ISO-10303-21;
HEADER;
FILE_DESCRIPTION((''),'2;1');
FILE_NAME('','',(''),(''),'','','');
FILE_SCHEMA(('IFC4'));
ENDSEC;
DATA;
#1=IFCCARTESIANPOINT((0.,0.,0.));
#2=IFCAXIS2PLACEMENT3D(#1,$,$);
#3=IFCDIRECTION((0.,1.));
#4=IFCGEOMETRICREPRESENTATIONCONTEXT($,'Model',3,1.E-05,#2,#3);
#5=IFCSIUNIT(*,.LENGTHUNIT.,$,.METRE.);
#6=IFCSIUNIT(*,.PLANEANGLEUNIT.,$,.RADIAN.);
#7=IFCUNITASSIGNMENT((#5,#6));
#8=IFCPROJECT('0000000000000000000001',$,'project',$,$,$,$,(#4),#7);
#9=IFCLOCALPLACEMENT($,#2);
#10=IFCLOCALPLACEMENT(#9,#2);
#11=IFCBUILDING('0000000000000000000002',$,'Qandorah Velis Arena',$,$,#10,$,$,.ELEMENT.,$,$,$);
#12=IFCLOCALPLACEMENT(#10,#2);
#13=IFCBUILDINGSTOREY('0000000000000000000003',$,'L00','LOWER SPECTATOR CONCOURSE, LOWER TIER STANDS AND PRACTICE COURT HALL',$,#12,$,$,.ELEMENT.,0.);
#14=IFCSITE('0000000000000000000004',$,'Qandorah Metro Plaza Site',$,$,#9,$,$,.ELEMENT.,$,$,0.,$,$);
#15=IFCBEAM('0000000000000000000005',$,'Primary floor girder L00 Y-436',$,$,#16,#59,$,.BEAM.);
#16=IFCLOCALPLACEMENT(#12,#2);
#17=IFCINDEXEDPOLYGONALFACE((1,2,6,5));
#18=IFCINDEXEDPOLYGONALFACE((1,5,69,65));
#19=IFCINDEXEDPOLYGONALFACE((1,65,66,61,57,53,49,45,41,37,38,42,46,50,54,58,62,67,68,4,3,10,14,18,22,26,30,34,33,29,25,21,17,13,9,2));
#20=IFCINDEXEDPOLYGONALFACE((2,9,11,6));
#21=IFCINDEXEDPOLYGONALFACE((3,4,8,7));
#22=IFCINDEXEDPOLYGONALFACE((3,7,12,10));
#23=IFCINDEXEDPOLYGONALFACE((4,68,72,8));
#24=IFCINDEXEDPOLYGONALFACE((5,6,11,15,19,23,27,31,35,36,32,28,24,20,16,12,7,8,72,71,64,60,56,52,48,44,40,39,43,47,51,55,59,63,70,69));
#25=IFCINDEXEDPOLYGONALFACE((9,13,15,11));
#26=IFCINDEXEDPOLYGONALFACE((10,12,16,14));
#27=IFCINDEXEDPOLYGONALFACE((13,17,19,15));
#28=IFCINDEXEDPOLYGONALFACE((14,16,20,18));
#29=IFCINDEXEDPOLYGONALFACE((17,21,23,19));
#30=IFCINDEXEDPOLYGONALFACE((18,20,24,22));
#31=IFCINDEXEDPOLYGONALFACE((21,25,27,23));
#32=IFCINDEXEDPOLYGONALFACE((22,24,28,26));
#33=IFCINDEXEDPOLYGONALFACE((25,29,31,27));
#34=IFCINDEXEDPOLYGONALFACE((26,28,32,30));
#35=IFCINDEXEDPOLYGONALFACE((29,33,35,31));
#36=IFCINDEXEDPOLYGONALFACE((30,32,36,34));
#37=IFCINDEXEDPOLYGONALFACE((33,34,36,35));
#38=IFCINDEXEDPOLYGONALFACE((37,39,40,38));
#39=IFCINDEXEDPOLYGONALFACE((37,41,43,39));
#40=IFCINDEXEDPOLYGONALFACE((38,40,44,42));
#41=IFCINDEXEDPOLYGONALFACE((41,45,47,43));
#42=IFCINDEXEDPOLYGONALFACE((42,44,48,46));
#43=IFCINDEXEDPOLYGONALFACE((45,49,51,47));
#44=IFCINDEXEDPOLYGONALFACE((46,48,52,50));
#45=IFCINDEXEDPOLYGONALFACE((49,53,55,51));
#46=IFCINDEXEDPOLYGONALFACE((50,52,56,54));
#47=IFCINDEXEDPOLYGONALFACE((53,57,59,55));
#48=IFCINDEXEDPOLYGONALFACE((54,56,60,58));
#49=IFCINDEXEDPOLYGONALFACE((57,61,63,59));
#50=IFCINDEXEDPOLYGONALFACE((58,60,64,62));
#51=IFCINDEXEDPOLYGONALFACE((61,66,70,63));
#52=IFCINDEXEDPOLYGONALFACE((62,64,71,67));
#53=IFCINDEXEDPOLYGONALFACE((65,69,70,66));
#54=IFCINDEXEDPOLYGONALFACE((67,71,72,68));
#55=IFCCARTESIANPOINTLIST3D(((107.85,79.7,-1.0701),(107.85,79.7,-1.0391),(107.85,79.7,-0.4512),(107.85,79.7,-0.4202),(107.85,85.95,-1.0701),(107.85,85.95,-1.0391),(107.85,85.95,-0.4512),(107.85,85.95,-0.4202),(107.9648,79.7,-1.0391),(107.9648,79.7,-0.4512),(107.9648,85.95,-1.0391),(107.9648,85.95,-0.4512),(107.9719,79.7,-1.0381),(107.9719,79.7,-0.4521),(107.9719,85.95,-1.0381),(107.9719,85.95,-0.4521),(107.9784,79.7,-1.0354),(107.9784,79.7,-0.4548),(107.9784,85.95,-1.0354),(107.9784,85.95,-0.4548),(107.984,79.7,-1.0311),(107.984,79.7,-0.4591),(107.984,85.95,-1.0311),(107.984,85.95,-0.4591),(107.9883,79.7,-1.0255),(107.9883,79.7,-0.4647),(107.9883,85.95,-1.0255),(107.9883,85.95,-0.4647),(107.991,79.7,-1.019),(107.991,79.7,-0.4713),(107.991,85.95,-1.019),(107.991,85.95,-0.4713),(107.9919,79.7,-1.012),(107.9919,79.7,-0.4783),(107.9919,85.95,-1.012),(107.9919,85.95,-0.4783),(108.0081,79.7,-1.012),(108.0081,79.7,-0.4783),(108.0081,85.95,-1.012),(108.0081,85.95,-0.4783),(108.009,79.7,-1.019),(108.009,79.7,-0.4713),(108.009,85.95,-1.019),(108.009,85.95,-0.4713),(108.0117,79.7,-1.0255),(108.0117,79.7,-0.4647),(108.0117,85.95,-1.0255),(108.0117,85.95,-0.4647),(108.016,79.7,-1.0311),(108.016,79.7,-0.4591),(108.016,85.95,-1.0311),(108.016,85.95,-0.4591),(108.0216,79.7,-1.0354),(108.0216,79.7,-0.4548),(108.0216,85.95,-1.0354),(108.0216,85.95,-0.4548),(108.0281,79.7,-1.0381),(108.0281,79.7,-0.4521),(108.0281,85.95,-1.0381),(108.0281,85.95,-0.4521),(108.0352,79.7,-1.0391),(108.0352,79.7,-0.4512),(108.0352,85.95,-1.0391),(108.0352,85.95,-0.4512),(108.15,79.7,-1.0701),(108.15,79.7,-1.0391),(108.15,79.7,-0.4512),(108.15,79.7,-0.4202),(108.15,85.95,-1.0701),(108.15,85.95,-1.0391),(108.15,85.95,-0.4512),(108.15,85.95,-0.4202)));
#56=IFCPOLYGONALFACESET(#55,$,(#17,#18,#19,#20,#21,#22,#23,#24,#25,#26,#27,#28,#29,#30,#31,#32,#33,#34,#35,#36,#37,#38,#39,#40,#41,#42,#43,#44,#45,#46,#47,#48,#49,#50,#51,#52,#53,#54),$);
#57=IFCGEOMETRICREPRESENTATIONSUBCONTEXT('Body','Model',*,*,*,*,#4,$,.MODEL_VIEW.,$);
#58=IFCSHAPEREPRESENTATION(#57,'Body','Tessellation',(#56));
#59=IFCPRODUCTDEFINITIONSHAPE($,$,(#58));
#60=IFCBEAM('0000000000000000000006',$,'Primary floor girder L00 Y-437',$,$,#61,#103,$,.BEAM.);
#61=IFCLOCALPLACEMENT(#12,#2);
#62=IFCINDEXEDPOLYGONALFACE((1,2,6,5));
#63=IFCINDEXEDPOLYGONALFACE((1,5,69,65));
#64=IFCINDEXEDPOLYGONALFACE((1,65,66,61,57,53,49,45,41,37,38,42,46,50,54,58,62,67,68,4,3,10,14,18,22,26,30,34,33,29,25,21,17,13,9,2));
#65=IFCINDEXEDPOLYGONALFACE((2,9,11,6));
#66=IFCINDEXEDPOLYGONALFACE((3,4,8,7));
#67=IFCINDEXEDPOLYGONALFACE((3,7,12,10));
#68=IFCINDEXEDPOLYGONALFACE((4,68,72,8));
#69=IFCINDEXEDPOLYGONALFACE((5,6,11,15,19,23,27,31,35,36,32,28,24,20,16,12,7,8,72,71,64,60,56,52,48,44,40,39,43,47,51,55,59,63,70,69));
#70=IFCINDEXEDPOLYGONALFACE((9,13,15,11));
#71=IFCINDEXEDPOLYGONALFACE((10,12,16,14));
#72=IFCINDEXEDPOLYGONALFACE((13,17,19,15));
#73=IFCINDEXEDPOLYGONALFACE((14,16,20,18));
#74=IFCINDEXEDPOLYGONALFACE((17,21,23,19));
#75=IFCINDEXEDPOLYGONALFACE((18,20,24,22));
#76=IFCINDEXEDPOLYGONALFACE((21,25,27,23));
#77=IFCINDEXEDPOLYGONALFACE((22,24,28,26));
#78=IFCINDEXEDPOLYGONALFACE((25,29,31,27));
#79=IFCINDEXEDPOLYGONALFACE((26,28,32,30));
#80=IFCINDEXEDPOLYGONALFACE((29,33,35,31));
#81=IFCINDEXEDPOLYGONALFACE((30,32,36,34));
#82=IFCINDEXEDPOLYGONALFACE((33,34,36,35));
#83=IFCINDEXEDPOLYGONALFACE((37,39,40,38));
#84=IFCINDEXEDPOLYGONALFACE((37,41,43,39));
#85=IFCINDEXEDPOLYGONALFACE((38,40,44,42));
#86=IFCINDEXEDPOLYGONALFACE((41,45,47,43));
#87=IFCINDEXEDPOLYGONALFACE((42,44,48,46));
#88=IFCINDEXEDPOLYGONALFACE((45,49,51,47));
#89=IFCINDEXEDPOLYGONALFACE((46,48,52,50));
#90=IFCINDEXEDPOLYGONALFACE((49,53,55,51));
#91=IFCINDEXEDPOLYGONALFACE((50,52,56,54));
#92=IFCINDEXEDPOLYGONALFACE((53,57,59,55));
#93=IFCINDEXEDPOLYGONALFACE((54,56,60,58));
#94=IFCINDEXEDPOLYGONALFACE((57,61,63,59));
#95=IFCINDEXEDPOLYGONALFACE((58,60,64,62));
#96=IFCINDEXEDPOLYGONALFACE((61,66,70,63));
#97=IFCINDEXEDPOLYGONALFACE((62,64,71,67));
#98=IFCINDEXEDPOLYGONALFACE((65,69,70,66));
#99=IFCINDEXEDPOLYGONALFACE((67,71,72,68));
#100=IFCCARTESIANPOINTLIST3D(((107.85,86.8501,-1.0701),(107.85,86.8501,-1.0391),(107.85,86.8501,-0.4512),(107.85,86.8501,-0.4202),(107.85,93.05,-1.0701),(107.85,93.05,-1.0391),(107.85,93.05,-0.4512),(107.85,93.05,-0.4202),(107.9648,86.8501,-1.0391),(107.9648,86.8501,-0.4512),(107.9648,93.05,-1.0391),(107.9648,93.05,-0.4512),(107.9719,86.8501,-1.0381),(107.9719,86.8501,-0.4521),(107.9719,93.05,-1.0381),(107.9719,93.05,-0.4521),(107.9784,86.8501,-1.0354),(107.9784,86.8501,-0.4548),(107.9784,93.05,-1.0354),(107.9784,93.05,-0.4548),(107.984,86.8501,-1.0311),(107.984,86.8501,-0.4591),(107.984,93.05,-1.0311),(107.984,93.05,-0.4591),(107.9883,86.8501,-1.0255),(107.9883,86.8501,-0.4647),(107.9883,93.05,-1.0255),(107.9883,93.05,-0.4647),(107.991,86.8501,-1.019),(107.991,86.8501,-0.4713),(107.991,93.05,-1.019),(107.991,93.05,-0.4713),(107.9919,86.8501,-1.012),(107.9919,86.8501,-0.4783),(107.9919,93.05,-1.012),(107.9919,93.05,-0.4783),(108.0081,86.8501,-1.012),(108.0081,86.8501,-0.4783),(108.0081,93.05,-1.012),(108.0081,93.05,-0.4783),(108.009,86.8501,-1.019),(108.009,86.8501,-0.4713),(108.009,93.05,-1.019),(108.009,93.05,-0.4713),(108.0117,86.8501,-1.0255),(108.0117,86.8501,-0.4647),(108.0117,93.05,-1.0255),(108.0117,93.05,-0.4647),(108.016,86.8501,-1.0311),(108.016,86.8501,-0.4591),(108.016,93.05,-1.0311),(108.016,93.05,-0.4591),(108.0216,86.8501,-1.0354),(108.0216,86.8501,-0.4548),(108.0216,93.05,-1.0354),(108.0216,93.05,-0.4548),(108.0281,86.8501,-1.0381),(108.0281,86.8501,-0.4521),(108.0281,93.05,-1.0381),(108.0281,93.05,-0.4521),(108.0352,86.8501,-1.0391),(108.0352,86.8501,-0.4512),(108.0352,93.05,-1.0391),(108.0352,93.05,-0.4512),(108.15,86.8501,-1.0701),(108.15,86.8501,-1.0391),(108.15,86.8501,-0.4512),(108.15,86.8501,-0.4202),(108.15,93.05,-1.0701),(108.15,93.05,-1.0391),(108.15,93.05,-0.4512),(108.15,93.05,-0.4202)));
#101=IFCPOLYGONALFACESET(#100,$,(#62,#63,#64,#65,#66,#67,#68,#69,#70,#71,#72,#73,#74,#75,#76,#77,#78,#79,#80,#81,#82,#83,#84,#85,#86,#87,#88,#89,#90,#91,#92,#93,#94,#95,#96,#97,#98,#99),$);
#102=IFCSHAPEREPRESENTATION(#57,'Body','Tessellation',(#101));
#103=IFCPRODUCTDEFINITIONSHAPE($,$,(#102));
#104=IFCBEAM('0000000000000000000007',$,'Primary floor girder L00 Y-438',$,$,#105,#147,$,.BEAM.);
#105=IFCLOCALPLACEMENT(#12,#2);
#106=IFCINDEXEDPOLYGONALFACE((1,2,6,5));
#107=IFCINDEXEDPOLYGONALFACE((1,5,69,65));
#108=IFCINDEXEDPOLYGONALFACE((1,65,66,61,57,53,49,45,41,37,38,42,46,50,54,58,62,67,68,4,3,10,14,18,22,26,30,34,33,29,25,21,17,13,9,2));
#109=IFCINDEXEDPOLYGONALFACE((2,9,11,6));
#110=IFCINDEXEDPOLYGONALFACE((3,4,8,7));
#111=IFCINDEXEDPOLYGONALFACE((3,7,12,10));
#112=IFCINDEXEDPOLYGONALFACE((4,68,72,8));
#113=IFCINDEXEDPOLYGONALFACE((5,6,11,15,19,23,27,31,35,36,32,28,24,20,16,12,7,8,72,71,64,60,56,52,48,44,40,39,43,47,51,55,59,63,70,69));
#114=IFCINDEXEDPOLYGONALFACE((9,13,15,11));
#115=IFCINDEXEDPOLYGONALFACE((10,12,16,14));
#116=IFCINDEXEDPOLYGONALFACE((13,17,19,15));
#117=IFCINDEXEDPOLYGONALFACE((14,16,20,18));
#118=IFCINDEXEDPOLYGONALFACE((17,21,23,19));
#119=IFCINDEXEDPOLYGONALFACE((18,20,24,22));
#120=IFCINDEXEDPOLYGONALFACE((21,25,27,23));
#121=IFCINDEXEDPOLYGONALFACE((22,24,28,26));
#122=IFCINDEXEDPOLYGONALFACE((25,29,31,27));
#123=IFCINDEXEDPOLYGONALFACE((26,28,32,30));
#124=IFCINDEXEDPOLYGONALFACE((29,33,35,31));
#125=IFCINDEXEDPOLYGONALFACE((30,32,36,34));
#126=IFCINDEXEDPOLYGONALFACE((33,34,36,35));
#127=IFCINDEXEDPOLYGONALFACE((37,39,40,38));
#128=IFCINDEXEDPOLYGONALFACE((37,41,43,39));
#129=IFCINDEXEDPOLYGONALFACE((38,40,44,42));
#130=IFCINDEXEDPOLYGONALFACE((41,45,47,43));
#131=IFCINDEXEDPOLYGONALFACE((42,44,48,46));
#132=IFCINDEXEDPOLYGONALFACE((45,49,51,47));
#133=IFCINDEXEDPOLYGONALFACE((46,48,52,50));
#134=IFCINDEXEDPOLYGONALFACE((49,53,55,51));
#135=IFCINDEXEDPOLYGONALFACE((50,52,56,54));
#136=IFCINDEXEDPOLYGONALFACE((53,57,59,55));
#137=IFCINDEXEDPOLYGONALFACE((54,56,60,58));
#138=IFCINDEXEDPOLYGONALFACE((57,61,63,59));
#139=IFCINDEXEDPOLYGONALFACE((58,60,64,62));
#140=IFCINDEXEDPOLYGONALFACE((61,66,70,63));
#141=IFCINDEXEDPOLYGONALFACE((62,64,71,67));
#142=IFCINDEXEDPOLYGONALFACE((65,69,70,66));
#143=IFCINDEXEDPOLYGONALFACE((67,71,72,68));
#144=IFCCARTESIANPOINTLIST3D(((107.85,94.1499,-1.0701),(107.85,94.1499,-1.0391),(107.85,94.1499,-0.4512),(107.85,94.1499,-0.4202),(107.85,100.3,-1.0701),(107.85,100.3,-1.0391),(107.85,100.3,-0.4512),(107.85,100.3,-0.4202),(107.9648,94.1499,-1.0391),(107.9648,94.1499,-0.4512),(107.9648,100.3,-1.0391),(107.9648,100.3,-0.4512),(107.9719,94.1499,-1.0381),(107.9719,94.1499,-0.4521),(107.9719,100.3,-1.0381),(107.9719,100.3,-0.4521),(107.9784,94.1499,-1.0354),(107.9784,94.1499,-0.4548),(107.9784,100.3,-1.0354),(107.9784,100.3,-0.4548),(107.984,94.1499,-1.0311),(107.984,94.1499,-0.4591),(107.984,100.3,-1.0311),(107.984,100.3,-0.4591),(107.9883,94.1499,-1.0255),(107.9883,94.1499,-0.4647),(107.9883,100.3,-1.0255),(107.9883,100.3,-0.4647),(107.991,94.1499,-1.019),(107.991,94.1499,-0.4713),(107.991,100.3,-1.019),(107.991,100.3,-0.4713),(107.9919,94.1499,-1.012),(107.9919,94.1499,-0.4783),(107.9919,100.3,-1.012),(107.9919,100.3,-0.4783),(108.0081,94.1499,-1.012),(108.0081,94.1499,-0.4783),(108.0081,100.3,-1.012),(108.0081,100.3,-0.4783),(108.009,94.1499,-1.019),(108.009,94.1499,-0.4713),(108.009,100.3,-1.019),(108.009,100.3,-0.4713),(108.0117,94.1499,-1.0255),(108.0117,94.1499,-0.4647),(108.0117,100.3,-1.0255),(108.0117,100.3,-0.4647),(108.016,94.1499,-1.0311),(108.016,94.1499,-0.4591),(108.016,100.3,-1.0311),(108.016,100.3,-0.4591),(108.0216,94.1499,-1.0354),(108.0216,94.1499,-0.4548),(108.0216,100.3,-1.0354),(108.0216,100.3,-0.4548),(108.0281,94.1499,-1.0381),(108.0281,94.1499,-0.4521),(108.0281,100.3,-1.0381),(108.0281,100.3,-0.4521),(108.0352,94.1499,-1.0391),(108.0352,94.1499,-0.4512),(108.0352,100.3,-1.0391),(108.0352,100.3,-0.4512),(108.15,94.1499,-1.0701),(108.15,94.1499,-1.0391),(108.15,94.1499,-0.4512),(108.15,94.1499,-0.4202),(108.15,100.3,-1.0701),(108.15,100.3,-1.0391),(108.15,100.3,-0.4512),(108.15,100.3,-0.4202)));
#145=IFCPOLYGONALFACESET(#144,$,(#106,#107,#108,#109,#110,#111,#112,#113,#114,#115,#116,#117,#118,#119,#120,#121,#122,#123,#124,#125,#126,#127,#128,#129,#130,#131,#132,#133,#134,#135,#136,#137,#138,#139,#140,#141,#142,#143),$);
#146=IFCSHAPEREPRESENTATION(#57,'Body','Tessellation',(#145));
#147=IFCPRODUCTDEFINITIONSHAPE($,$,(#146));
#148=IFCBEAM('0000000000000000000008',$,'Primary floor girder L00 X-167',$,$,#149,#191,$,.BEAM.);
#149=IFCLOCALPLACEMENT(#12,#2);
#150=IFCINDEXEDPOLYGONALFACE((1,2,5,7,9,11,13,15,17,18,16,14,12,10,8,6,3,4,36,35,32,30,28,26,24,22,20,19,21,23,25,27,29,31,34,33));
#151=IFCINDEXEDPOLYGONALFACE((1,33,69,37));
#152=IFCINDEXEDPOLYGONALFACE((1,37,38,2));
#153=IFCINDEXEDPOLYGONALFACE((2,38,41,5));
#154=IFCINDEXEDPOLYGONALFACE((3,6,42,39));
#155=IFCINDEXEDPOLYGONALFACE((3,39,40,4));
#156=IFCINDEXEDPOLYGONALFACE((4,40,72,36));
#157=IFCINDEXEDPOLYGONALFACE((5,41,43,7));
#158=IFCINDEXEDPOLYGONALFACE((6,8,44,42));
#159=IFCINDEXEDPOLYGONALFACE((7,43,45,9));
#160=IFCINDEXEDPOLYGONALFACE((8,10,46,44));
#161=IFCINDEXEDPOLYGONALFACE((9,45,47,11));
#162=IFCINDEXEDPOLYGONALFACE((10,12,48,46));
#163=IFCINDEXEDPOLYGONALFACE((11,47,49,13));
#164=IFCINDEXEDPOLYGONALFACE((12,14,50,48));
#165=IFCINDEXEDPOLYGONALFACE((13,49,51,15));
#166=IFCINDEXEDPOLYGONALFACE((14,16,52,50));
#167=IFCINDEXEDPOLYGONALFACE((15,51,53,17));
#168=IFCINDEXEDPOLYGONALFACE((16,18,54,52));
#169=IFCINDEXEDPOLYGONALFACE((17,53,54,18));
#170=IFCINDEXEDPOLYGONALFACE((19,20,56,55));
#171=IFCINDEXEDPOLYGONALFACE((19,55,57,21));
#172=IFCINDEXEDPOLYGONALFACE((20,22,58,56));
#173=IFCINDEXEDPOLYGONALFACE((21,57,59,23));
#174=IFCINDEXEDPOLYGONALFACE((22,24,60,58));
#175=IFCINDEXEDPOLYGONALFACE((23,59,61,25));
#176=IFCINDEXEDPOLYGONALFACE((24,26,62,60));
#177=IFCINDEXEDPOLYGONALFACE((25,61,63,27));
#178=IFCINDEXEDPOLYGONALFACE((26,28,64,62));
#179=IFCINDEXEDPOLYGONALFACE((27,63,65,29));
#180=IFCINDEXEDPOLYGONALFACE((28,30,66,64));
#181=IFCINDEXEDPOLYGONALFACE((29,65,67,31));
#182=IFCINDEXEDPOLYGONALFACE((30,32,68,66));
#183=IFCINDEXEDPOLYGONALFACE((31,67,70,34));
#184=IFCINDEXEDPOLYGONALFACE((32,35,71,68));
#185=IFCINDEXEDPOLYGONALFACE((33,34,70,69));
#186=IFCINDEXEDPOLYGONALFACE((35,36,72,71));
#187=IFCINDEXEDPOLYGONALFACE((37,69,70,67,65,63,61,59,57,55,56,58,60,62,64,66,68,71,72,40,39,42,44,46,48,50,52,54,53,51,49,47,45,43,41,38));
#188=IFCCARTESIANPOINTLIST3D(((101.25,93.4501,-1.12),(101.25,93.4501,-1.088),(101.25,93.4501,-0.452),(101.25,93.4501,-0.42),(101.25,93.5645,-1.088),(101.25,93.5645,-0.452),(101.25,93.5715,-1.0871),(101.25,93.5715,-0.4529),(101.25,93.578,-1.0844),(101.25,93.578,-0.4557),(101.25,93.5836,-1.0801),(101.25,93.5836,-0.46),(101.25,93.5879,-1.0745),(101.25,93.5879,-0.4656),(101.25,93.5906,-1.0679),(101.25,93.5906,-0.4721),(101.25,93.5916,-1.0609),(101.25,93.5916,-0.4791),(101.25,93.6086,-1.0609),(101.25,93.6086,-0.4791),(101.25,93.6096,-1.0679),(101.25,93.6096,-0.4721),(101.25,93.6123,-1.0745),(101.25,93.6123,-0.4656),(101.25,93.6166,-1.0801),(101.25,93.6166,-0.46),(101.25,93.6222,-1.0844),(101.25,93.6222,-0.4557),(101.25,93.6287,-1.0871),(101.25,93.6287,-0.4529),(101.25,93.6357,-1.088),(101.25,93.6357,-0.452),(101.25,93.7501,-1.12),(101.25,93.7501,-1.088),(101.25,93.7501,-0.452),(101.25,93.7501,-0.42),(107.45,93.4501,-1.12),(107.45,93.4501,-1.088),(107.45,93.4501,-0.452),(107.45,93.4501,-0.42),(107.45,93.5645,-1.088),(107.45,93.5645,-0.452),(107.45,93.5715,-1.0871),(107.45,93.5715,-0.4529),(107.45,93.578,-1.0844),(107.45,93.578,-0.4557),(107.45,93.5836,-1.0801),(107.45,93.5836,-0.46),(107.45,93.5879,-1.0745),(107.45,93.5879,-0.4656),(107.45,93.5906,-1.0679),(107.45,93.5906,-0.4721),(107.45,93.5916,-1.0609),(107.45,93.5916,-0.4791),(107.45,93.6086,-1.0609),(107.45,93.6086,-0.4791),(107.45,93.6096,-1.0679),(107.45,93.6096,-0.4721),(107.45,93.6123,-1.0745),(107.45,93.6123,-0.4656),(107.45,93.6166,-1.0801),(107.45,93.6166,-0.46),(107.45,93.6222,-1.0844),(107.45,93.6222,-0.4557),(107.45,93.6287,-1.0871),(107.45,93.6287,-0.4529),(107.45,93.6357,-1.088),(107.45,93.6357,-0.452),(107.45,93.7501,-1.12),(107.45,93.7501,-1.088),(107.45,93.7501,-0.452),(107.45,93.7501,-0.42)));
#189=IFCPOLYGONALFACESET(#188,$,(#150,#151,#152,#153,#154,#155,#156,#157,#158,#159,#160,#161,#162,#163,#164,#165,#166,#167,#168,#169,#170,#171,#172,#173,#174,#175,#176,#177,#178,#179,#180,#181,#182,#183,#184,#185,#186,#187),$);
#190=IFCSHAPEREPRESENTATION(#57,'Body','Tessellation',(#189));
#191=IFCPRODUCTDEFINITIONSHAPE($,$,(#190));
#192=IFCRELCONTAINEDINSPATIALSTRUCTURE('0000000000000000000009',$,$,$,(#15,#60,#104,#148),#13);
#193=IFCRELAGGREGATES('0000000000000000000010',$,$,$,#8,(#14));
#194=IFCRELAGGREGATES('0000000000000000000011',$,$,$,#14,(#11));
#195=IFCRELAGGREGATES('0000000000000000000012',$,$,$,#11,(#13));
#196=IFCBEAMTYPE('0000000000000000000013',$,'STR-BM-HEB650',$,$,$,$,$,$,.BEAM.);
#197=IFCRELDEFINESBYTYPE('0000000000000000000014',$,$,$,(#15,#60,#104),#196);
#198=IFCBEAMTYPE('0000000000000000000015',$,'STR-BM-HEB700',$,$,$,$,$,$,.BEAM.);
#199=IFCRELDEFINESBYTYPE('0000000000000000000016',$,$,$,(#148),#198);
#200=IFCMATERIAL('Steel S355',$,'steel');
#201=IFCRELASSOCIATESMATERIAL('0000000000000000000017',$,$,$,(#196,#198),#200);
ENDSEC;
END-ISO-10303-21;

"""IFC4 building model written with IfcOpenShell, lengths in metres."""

from ifc_helpers import new_model, si_unit, direction, frame, origin, origin_2d, place, context, subcontext, project, spatial, i_section, extrude, material, material_profile, profile_set, type_object, element, save


model = new_model("IFC4")

# Units and contexts
model_context = context("Model", 3, precision=1e-05, world=origin(), true_north=direction((0.0, 1.0)))
body_context = subcontext(model_context, "Body", "Model", "MODEL_VIEW")
ifc_project = project(units=[si_unit("LENGTHUNIT", "METRE"), si_unit("PLANEANGLEUNIT", "RADIAN")], contexts=[model_context])

# Site, building, storey
site_placement = place(None, origin())
site = spatial("IfcSite", under=ifc_project, at=site_placement, Name="Qandorah Metro Plaza Site", CompositionType="ELEMENT", RefElevation=0.0)
building_placement = place(site_placement, origin())
building = spatial("IfcBuilding", under=site, at=building_placement, Name="Qandorah Velis Arena", CompositionType="ELEMENT")
storey_placement = place(building_placement, origin())
storey = spatial("IfcBuildingStorey", under=building, at=storey_placement, Name="L00", Description="LOWER SPECTATOR CONCOURSE, LOWER TIER STANDS AND PRACTICE COURT HALL", CompositionType="ELEMENT", Elevation=0.0)

# Beams
ifc_material_1 = material(Name="Steel S355", Category="steel")
ifc_material_profile_1 = material_profile(ifc_material_1, i_section(OverallWidth=0.3, OverallDepth=0.6499, WebThickness=0.0161, FlangeThickness=0.031, FilletRadius=0.0271, at=origin_2d()), Name="HEB 650")
ifc_profile_set_1 = profile_set([ifc_material_profile_1], Name="Steel S355")
beam_type_1 = type_object("IfcBeamType", Name="STR-BM-HEB650", PredefinedType="BEAM", material=ifc_profile_set_1)
beam_1_placement = place(storey_placement, frame((108.0, 79.7, -0.7451), z_axis=(0.0, 1.0, 0.0), x_axis=(-1.0, 0.0, 0.0)))
element("IfcBeam", 1, at=beam_1_placement, inside=storey, type_object=beam_type_1, Name="Primary floor girder L00 Y-436", PredefinedType="BEAM", context=body_context, shape_type="SweptSolid", body=[
    extrude(i_section(OverallWidth=0.3, OverallDepth=0.6499, WebThickness=0.0161, FlangeThickness=0.031, FilletRadius=0.0271, at=origin_2d()), origin(), (0.0, 0.0, 1.0), 6.25),
])
beam_2_placement = place(storey_placement, frame((108.0, 86.8501, -0.7451), z_axis=(0.0, 1.0, 0.0), x_axis=(-1.0, 0.0, 0.0)))
element("IfcBeam", 2, at=beam_2_placement, inside=storey, type_object=beam_type_1, Name="Primary floor girder L00 Y-437", PredefinedType="BEAM", context=body_context, shape_type="SweptSolid", body=[
    extrude(i_section(OverallWidth=0.3, OverallDepth=0.6499, WebThickness=0.0161, FlangeThickness=0.031, FilletRadius=0.0271, at=origin_2d()), origin(), (0.0, 0.0, 1.0), 6.2),
])
beam_3_placement = place(storey_placement, frame((108.0, 94.1499, -0.7451), z_axis=(0.0, 1.0, 0.0), x_axis=(-1.0, 0.0, 0.0)))
element("IfcBeam", 3, at=beam_3_placement, inside=storey, type_object=beam_type_1, Name="Primary floor girder L00 Y-438", PredefinedType="BEAM", context=body_context, shape_type="SweptSolid", body=[
    extrude(i_section(OverallWidth=0.3, OverallDepth=0.6499, WebThickness=0.0161, FlangeThickness=0.031, FilletRadius=0.0271, at=origin_2d()), origin(), (0.0, 0.0, 1.0), 6.1501),
])
ifc_material_profile_2 = material_profile(ifc_material_1, i_section(OverallWidth=0.3, OverallDepth=0.7, WebThickness=0.0171, FlangeThickness=0.032, FilletRadius=0.0271, at=origin_2d()), Name="HEB 700")
ifc_profile_set_2 = profile_set([ifc_material_profile_2], Name="Steel S355")
beam_type_2 = type_object("IfcBeamType", Name="STR-BM-HEB700", PredefinedType="BEAM", material=ifc_profile_set_2)
beam_4_placement = place(storey_placement, frame((101.25, 93.6001, -0.77), z_axis=(1.0, 0.0, 0.0), x_axis=(0.0, 1.0, 0.0)))
element("IfcBeam", 4, at=beam_4_placement, inside=storey, type_object=beam_type_2, Name="Primary floor girder L00 X-167", PredefinedType="BEAM", context=body_context, shape_type="SweptSolid", body=[
    extrude(i_section(OverallWidth=0.3, OverallDepth=0.7, WebThickness=0.0171, FlangeThickness=0.032, FilletRadius=0.0271, at=origin_2d()), origin(), (0.0, 0.0, 1.0), 6.2),
])

save(model, "model.ifc")
